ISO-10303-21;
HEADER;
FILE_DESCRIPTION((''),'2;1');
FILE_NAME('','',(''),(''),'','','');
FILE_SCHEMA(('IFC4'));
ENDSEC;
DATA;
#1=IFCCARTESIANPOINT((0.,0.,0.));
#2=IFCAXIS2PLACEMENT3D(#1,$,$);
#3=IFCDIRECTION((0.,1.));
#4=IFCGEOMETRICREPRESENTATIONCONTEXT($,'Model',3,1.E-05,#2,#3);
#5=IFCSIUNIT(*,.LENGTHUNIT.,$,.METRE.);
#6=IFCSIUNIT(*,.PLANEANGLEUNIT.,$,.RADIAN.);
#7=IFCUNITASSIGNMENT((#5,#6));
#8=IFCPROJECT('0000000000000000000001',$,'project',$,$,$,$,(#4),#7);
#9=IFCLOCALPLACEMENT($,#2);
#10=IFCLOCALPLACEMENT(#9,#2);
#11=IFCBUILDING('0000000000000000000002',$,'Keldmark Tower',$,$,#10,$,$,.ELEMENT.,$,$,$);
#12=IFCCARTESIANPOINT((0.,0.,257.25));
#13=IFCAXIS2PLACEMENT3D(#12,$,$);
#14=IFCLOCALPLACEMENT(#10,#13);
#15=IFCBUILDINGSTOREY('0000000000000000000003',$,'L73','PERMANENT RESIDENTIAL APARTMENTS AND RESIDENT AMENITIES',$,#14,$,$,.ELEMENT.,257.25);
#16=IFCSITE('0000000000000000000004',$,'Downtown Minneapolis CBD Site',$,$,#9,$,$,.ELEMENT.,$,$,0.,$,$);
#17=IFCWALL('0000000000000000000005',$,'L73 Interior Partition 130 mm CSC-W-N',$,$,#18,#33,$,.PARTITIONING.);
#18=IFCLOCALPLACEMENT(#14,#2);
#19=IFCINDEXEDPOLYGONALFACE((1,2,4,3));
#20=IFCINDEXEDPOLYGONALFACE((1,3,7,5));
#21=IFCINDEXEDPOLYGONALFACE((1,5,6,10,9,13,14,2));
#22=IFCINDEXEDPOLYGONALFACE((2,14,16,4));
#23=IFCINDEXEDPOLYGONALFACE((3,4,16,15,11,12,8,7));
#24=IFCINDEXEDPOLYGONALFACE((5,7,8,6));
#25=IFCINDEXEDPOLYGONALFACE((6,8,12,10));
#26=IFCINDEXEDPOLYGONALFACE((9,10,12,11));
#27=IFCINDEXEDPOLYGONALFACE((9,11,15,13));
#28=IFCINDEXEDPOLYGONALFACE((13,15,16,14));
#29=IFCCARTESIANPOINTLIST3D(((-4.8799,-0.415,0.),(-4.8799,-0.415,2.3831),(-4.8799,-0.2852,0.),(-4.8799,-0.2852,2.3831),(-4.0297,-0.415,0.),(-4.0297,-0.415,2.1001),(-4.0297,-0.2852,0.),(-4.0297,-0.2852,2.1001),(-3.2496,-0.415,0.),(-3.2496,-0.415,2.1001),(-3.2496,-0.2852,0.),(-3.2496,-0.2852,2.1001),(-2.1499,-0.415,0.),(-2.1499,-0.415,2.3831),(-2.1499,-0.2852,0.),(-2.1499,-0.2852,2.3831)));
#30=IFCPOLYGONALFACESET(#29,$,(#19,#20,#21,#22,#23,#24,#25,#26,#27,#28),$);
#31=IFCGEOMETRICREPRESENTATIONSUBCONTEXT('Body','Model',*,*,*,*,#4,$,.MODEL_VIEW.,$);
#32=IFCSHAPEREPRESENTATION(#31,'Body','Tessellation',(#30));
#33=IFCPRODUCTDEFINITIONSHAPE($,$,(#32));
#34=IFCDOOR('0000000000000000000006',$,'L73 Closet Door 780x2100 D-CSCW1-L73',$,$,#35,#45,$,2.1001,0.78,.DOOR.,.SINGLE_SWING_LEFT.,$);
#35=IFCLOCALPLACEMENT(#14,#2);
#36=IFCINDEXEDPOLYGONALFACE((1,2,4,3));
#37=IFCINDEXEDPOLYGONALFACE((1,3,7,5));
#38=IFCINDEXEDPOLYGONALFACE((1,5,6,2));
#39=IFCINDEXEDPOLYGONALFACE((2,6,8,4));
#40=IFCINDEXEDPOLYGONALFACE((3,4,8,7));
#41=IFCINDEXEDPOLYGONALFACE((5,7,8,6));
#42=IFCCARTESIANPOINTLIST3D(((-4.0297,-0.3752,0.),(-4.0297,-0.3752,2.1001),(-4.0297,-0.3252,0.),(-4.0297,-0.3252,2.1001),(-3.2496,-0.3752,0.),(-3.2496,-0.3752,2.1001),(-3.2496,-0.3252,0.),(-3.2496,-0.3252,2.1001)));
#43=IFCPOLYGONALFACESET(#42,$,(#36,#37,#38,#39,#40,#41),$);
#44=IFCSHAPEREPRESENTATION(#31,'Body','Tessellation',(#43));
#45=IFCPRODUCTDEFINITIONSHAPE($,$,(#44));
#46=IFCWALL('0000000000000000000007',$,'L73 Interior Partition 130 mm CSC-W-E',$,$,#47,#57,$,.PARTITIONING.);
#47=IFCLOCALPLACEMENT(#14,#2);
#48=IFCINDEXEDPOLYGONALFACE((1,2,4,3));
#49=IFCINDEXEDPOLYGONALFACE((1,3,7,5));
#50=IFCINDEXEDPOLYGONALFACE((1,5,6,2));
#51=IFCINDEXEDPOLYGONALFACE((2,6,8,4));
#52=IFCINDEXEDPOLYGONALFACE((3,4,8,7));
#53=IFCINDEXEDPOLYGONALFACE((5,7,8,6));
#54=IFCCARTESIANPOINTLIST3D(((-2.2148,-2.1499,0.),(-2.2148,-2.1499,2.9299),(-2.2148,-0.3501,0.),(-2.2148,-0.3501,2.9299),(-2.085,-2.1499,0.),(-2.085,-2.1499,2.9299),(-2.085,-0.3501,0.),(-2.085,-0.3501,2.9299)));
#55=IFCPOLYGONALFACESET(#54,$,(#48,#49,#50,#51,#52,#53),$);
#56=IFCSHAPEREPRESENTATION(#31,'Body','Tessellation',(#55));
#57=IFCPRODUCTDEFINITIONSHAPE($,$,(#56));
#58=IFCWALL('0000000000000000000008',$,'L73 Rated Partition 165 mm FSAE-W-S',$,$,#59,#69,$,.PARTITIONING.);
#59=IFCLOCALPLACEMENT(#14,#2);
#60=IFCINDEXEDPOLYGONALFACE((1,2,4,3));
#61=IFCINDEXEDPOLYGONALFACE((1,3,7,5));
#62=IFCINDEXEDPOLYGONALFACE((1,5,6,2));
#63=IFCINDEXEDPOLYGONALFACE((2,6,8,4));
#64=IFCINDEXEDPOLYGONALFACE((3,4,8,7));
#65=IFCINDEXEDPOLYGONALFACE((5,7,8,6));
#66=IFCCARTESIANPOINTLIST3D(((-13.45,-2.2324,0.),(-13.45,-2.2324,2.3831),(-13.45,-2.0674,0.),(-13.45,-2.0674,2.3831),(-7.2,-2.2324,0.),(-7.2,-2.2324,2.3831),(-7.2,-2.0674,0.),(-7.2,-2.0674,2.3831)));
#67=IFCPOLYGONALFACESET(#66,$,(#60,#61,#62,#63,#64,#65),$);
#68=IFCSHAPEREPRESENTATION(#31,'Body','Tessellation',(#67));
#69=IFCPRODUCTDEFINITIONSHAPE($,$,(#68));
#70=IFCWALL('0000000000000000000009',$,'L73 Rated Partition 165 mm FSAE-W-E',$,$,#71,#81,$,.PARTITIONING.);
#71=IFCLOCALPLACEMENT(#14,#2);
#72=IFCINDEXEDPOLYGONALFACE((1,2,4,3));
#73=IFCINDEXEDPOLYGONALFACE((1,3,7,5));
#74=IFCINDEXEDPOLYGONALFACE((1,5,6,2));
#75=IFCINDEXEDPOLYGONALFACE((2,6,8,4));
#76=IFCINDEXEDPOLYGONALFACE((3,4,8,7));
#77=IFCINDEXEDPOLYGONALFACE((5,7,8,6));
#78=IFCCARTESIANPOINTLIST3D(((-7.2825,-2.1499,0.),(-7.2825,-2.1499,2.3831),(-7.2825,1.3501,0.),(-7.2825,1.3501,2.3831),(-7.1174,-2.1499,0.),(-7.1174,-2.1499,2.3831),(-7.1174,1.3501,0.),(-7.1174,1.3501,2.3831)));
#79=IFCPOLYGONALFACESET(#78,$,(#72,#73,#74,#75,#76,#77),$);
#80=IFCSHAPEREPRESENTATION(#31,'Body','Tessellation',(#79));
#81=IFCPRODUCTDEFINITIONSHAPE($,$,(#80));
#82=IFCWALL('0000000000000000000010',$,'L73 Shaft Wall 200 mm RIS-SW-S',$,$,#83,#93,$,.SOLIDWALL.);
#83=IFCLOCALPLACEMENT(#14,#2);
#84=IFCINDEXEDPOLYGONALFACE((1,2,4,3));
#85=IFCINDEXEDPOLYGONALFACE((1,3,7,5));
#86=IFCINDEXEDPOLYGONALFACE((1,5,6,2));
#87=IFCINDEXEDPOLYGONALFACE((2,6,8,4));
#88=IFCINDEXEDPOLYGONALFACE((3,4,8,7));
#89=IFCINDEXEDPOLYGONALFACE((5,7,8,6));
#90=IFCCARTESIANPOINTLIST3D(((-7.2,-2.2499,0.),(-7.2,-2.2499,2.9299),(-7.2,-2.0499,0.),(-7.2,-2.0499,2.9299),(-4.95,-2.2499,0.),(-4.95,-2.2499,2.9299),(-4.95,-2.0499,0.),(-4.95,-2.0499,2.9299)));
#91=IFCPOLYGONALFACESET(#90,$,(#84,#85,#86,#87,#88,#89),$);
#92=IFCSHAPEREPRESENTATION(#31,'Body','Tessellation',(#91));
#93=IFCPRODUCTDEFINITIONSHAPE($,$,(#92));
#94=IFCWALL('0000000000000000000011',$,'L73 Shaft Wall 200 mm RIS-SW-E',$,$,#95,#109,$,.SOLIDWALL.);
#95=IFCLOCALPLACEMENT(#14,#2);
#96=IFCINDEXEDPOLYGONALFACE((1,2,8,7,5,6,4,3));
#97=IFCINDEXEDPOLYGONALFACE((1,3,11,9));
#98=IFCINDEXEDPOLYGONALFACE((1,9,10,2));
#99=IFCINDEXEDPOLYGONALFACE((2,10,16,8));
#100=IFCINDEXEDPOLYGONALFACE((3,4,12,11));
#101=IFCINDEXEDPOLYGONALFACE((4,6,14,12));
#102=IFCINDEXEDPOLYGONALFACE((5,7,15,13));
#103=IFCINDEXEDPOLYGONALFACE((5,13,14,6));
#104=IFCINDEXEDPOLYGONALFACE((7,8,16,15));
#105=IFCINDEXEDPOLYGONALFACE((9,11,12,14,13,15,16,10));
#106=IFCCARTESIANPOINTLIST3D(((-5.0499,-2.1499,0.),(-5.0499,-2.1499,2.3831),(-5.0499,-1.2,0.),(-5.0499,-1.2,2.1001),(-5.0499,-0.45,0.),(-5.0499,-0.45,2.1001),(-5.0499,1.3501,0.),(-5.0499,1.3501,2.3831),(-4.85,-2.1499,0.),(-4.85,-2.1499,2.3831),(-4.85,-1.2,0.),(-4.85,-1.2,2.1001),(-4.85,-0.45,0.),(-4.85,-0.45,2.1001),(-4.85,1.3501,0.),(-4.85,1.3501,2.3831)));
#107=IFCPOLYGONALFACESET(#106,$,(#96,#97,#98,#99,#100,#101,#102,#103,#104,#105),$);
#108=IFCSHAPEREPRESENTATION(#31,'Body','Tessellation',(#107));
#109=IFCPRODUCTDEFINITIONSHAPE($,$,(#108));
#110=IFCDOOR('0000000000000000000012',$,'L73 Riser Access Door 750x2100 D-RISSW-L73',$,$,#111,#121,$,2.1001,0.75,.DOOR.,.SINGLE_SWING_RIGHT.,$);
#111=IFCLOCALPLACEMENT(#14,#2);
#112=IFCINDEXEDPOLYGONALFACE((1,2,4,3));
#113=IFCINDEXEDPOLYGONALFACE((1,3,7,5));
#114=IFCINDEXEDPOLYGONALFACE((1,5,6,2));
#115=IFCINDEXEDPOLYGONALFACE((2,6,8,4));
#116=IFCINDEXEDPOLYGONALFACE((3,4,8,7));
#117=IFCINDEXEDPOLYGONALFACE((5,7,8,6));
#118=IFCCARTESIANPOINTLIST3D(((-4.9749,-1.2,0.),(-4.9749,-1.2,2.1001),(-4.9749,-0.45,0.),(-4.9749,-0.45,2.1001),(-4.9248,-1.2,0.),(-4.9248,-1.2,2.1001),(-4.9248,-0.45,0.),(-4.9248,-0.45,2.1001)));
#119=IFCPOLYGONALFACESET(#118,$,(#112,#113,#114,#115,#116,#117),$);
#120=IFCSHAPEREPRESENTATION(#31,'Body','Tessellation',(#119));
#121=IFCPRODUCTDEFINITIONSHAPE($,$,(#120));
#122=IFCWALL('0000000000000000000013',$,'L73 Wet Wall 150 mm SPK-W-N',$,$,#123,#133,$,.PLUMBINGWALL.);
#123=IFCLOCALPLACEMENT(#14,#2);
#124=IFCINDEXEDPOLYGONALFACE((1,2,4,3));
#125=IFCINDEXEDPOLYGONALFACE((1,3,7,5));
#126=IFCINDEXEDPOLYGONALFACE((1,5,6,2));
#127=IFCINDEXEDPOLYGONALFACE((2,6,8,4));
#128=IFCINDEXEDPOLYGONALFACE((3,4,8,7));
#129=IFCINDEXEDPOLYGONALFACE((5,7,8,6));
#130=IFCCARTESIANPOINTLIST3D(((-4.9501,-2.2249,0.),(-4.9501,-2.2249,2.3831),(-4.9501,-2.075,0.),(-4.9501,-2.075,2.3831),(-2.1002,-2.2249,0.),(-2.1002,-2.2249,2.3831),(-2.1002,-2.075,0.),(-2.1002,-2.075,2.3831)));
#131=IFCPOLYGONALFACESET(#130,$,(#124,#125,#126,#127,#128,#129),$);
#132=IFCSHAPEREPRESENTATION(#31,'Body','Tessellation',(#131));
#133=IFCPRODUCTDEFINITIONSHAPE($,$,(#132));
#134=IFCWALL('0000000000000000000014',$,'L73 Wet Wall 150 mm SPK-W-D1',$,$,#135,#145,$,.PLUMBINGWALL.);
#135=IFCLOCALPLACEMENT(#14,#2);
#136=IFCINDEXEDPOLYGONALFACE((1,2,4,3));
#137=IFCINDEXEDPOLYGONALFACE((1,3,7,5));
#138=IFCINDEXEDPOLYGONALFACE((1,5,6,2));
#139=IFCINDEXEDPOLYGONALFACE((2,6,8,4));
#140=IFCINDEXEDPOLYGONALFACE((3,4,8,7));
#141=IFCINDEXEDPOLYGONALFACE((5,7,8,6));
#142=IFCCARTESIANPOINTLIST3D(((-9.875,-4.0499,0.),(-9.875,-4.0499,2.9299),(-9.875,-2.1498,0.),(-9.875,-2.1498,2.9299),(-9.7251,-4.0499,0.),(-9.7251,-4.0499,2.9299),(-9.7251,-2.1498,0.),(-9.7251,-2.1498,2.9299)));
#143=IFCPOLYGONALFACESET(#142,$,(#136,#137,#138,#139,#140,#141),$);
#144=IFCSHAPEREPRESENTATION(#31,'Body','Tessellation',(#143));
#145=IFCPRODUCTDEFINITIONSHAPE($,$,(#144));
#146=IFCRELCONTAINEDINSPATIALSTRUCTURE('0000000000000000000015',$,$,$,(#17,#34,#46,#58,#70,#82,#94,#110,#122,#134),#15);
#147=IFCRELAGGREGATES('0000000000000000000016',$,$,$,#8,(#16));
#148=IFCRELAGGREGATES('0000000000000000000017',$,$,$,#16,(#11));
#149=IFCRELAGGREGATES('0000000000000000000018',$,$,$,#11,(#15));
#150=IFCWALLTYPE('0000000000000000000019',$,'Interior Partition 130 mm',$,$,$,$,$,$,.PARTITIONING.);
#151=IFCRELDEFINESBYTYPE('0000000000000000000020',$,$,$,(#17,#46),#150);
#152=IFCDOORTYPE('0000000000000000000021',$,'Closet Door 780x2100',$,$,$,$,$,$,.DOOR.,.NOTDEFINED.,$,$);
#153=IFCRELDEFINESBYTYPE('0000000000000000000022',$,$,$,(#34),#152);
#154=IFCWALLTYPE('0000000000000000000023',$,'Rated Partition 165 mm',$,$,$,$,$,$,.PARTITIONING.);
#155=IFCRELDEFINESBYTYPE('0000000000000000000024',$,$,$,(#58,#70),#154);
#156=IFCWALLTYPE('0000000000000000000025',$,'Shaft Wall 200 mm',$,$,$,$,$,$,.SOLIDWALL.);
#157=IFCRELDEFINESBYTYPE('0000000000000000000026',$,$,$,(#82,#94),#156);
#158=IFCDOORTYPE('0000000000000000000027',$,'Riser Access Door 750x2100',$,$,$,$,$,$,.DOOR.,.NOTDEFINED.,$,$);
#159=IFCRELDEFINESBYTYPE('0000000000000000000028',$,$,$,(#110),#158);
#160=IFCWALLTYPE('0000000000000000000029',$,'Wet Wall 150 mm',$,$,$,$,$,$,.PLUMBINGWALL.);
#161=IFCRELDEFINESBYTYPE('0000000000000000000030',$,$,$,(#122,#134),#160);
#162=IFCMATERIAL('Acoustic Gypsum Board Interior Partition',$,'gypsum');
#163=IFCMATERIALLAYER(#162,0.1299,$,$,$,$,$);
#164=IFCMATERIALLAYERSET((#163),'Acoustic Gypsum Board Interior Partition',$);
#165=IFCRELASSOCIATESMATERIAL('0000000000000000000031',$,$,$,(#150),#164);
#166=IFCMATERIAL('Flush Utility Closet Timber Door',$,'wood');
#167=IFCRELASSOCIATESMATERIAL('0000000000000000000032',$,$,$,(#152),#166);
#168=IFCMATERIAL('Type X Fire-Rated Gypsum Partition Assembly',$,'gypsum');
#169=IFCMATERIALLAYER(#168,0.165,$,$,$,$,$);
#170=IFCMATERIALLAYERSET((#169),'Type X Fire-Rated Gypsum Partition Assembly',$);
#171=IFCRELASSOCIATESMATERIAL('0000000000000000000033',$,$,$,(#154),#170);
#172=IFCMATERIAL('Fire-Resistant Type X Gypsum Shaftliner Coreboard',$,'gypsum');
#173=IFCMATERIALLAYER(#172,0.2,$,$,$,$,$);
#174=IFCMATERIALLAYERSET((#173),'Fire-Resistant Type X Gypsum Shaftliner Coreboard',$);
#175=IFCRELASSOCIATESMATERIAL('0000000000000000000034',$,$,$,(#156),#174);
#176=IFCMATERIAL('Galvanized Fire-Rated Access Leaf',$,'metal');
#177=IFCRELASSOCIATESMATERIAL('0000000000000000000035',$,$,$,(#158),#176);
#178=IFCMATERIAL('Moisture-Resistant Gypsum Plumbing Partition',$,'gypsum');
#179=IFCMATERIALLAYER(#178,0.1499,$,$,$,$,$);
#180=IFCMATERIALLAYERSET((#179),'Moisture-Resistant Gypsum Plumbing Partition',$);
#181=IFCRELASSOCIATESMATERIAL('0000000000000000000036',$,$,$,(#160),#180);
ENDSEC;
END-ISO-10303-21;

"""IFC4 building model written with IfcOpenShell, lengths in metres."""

from ifc_helpers import new_model, si_unit, direction, frame, frame_2d, origin, place, context, subcontext, project, spatial, rectangle, extrude, material, layer, layer_set, type_object, element, fill, save


model = new_model("IFC4")

# Units and contexts
model_context = context("Model", 3, precision=1e-05, world=origin(), true_north=direction((0.0, 1.0)))
body_context = subcontext(model_context, "Body", "Model", "MODEL_VIEW")
ifc_project = project(units=[si_unit("LENGTHUNIT", "METRE"), si_unit("PLANEANGLEUNIT", "RADIAN")], contexts=[model_context])

# Site, building, storey
site_placement = place(None, origin())
site = spatial("IfcSite", under=ifc_project, at=site_placement, Name="Downtown Minneapolis CBD Site", CompositionType="ELEMENT", RefElevation=0.0)
building_placement = place(site_placement, origin())
building = spatial("IfcBuilding", under=site, at=building_placement, Name="Keldmark Tower", CompositionType="ELEMENT")
storey_placement = place(building_placement, frame((0.0, 0.0, 257.25)))
storey = spatial("IfcBuildingStorey", under=building, at=storey_placement, Name="L73", Description="PERMANENT RESIDENTIAL APARTMENTS AND RESIDENT AMENITIES", CompositionType="ELEMENT", Elevation=257.25)

# Wall, opening, door
ifc_material_1 = material(Name="Acoustic Gypsum Board Interior Partition", Category="gypsum")
ifc_layer_1 = layer(ifc_material_1, 0.1299)
ifc_layer_set_1 = layer_set([ifc_layer_1], Name="Acoustic Gypsum Board Interior Partition")
wall_type_1 = type_object("IfcWallType", Name="Interior Partition 130 mm", PredefinedType="PARTITIONING", material=ifc_layer_set_1)
wall_1_placement = place(storey_placement, frame((-4.8799, -0.3501, 0.0), z_axis=(0.0, 0.0, 1.0), x_axis=(1.0, 0.0, 0.0)))
wall_1 = element("IfcWall", 1, at=wall_1_placement, inside=storey, type_object=wall_type_1, Name="L73 Interior Partition 130 mm CSC-W-N", PredefinedType="PARTITIONING", context=body_context, shape_type="SweptSolid", body=[
    extrude(rectangle(XDim=2.73, YDim=0.1299, at=frame_2d((1.365, 0.0))), origin(), (0.0, 0.0, 1.0), 2.3831),
])
opening_1_placement = place(wall_1_placement, frame((0.8501, 0.0, 0.0)))
opening_1 = element("IfcOpeningElement", 2, at=opening_1_placement, cuts=wall_1, PredefinedType="OPENING", context=body_context, shape_type="SweptSolid", body=[
    extrude(rectangle(XDim=0.78, YDim=2.1001, at=frame_2d((0.3901, 1.05))), frame((0.0, 0.075, 0.0), z_axis=(0.0, -1.0, 0.0), x_axis=(1.0, 0.0, 0.0)), (0.0, 0.0, 1.0), 0.1499),
])
ifc_material_2 = material(Name="Flush Utility Closet Timber Door", Category="wood")
door_type_1 = type_object("IfcDoorType", Name="Closet Door 780x2100", OperationType="NOTDEFINED", PredefinedType="DOOR", material=ifc_material_2)
door_1_placement = place(opening_1_placement, origin())
door_1 = element("IfcDoor", 3, at=door_1_placement, inside=storey, type_object=door_type_1, Name="L73 Closet Door 780x2100 D-CSCW1-L73", OperationType="SINGLE_SWING_LEFT", OverallHeight=2.1001, OverallWidth=0.78, PredefinedType="DOOR", context=body_context, shape_type="SweptSolid", body=[
    extrude(rectangle(XDim=0.78, YDim=2.1001, at=frame_2d((0.3901, 1.05))), frame((0.0, 0.0249, 0.0), z_axis=(0.0, -1.0, 0.0), x_axis=(1.0, 0.0, 0.0)), (0.0, 0.0, 1.0), 0.05),
])
fill(opening_1, door_1)

# Walls
wall_2_placement = place(storey_placement, frame((-2.1499, -2.1499, 0.0), z_axis=(0.0, 0.0, 1.0), x_axis=(0.0, 1.0, 0.0)))
element("IfcWall", 4, at=wall_2_placement, inside=storey, type_object=wall_type_1, Name="L73 Interior Partition 130 mm CSC-W-E", PredefinedType="PARTITIONING", context=body_context, shape_type="SweptSolid", body=[
    extrude(rectangle(XDim=1.7998, YDim=0.1299, at=frame_2d((0.8999, 0.0))), origin(), (0.0, 0.0, 1.0), 2.9299),
])
ifc_material_3 = material(Name="Type X Fire-Rated Gypsum Partition Assembly", Category="gypsum")
ifc_layer_2 = layer(ifc_material_3, 0.165)
ifc_layer_set_2 = layer_set([ifc_layer_2], Name="Type X Fire-Rated Gypsum Partition Assembly")
wall_type_2 = type_object("IfcWallType", Name="Rated Partition 165 mm", PredefinedType="PARTITIONING", material=ifc_layer_set_2)
wall_3_placement = place(storey_placement, frame((-13.45, -2.1499, 0.0), z_axis=(0.0, 0.0, 1.0), x_axis=(1.0, 0.0, 0.0)))
element("IfcWall", 5, at=wall_3_placement, inside=storey, type_object=wall_type_2, Name="L73 Rated Partition 165 mm FSAE-W-S", PredefinedType="PARTITIONING", context=body_context, shape_type="SweptSolid", body=[
    extrude(rectangle(XDim=6.25, YDim=0.165, at=frame_2d((3.125, 0.0))), origin(), (0.0, 0.0, 1.0), 2.3831),
])

# Walls
wall_4_placement = place(storey_placement, frame((-7.2, -2.1499, 0.0), z_axis=(0.0, 0.0, 1.0), x_axis=(0.0, 1.0, 0.0)))
element("IfcWall", 6, at=wall_4_placement, inside=storey, type_object=wall_type_2, Name="L73 Rated Partition 165 mm FSAE-W-E", PredefinedType="PARTITIONING", context=body_context, shape_type="SweptSolid", body=[
    extrude(rectangle(XDim=3.5, YDim=0.165, at=frame_2d((1.75, 0.0))), origin(), (0.0, 0.0, 1.0), 2.3831),
])
ifc_material_4 = material(Name="Fire-Resistant Type X Gypsum Shaftliner Coreboard", Category="gypsum")
ifc_layer_3 = layer(ifc_material_4, 0.2)
ifc_layer_set_3 = layer_set([ifc_layer_3], Name="Fire-Resistant Type X Gypsum Shaftliner Coreboard")
wall_type_3 = type_object("IfcWallType", Name="Shaft Wall 200 mm", PredefinedType="SOLIDWALL", material=ifc_layer_set_3)
wall_5_placement = place(storey_placement, frame((-7.2, -2.1499, 0.0), z_axis=(0.0, 0.0, 1.0), x_axis=(1.0, 0.0, 0.0)))
element("IfcWall", 7, at=wall_5_placement, inside=storey, type_object=wall_type_3, Name="L73 Shaft Wall 200 mm RIS-SW-S", PredefinedType="SOLIDWALL", context=body_context, shape_type="SweptSolid", body=[
    extrude(rectangle(XDim=2.25, YDim=0.2, at=frame_2d((1.125, 0.0))), origin(), (0.0, 0.0, 1.0), 2.9299),
])

# Wall, opening, door
wall_6_placement = place(storey_placement, frame((-4.95, -2.1499, 0.0), z_axis=(0.0, 0.0, 1.0), x_axis=(0.0, 1.0, 0.0)))
wall_6 = element("IfcWall", 8, at=wall_6_placement, inside=storey, type_object=wall_type_3, Name="L73 Shaft Wall 200 mm RIS-SW-E", PredefinedType="SOLIDWALL", context=body_context, shape_type="SweptSolid", body=[
    extrude(rectangle(XDim=3.5, YDim=0.2, at=frame_2d((1.75, 0.0))), origin(), (0.0, 0.0, 1.0), 2.3831),
])
opening_2_placement = place(wall_6_placement, frame((0.95, 0.0, 0.0)))
opening_2 = element("IfcOpeningElement", 9, at=opening_2_placement, cuts=wall_6, PredefinedType="OPENING", context=body_context, shape_type="SweptSolid", body=[
    extrude(rectangle(XDim=0.75, YDim=2.1001, at=frame_2d((0.375, 1.05))), frame((0.0, 0.1099, 0.0), z_axis=(0.0, -1.0, 0.0), x_axis=(1.0, 0.0, 0.0)), (0.0, 0.0, 1.0), 0.22),
])
ifc_material_5 = material(Name="Galvanized Fire-Rated Access Leaf", Category="metal")
door_type_2 = type_object("IfcDoorType", Name="Riser Access Door 750x2100", OperationType="NOTDEFINED", PredefinedType="DOOR", material=ifc_material_5)
door_2_placement = place(opening_2_placement, origin())
door_2 = element("IfcDoor", 10, at=door_2_placement, inside=storey, type_object=door_type_2, Name="L73 Riser Access Door 750x2100 D-RISSW-L73", OperationType="SINGLE_SWING_RIGHT", OverallHeight=2.1001, OverallWidth=0.75, PredefinedType="DOOR", context=body_context, shape_type="SweptSolid", body=[
    extrude(rectangle(XDim=0.75, YDim=2.1001, at=frame_2d((0.375, 1.05))), frame((0.0, 0.0249, 0.0), z_axis=(0.0, -1.0, 0.0), x_axis=(1.0, 0.0, 0.0)), (0.0, 0.0, 1.0), 0.05),
])
fill(opening_2, door_2)

# Walls
ifc_material_6 = material(Name="Moisture-Resistant Gypsum Plumbing Partition", Category="gypsum")
ifc_layer_4 = layer(ifc_material_6, 0.1499)
ifc_layer_set_4 = layer_set([ifc_layer_4], Name="Moisture-Resistant Gypsum Plumbing Partition")
wall_type_4 = type_object("IfcWallType", Name="Wet Wall 150 mm", PredefinedType="PLUMBINGWALL", material=ifc_layer_set_4)
wall_7_placement = place(storey_placement, frame((-4.95, -2.1499, 0.0), z_axis=(0.0, 0.0, 1.0), x_axis=(1.0, 0.0, 0.0)))
element("IfcWall", 11, at=wall_7_placement, inside=storey, type_object=wall_type_4, Name="L73 Wet Wall 150 mm SPK-W-N", PredefinedType="PLUMBINGWALL", context=body_context, shape_type="SweptSolid", body=[
    extrude(rectangle(XDim=2.8499, YDim=0.1499, at=frame_2d((1.4248, 0.0))), origin(), (0.0, 0.0, 1.0), 2.3831),
])
wall_8_placement = place(storey_placement, frame((-9.8, -4.05, 0.0), z_axis=(0.0, 0.0, 1.0), x_axis=(0.0, 1.0, 0.0)))
element("IfcWall", 12, at=wall_8_placement, inside=storey, type_object=wall_type_4, Name="L73 Wet Wall 150 mm SPK-W-D1", PredefinedType="PLUMBINGWALL", context=body_context, shape_type="SweptSolid", body=[
    extrude(rectangle(XDim=1.9001, YDim=0.1499, at=frame_2d((0.9502, 0.0))), origin(), (0.0, 0.0, 1.0), 2.9299),
])

save(model, "model.ifc")
